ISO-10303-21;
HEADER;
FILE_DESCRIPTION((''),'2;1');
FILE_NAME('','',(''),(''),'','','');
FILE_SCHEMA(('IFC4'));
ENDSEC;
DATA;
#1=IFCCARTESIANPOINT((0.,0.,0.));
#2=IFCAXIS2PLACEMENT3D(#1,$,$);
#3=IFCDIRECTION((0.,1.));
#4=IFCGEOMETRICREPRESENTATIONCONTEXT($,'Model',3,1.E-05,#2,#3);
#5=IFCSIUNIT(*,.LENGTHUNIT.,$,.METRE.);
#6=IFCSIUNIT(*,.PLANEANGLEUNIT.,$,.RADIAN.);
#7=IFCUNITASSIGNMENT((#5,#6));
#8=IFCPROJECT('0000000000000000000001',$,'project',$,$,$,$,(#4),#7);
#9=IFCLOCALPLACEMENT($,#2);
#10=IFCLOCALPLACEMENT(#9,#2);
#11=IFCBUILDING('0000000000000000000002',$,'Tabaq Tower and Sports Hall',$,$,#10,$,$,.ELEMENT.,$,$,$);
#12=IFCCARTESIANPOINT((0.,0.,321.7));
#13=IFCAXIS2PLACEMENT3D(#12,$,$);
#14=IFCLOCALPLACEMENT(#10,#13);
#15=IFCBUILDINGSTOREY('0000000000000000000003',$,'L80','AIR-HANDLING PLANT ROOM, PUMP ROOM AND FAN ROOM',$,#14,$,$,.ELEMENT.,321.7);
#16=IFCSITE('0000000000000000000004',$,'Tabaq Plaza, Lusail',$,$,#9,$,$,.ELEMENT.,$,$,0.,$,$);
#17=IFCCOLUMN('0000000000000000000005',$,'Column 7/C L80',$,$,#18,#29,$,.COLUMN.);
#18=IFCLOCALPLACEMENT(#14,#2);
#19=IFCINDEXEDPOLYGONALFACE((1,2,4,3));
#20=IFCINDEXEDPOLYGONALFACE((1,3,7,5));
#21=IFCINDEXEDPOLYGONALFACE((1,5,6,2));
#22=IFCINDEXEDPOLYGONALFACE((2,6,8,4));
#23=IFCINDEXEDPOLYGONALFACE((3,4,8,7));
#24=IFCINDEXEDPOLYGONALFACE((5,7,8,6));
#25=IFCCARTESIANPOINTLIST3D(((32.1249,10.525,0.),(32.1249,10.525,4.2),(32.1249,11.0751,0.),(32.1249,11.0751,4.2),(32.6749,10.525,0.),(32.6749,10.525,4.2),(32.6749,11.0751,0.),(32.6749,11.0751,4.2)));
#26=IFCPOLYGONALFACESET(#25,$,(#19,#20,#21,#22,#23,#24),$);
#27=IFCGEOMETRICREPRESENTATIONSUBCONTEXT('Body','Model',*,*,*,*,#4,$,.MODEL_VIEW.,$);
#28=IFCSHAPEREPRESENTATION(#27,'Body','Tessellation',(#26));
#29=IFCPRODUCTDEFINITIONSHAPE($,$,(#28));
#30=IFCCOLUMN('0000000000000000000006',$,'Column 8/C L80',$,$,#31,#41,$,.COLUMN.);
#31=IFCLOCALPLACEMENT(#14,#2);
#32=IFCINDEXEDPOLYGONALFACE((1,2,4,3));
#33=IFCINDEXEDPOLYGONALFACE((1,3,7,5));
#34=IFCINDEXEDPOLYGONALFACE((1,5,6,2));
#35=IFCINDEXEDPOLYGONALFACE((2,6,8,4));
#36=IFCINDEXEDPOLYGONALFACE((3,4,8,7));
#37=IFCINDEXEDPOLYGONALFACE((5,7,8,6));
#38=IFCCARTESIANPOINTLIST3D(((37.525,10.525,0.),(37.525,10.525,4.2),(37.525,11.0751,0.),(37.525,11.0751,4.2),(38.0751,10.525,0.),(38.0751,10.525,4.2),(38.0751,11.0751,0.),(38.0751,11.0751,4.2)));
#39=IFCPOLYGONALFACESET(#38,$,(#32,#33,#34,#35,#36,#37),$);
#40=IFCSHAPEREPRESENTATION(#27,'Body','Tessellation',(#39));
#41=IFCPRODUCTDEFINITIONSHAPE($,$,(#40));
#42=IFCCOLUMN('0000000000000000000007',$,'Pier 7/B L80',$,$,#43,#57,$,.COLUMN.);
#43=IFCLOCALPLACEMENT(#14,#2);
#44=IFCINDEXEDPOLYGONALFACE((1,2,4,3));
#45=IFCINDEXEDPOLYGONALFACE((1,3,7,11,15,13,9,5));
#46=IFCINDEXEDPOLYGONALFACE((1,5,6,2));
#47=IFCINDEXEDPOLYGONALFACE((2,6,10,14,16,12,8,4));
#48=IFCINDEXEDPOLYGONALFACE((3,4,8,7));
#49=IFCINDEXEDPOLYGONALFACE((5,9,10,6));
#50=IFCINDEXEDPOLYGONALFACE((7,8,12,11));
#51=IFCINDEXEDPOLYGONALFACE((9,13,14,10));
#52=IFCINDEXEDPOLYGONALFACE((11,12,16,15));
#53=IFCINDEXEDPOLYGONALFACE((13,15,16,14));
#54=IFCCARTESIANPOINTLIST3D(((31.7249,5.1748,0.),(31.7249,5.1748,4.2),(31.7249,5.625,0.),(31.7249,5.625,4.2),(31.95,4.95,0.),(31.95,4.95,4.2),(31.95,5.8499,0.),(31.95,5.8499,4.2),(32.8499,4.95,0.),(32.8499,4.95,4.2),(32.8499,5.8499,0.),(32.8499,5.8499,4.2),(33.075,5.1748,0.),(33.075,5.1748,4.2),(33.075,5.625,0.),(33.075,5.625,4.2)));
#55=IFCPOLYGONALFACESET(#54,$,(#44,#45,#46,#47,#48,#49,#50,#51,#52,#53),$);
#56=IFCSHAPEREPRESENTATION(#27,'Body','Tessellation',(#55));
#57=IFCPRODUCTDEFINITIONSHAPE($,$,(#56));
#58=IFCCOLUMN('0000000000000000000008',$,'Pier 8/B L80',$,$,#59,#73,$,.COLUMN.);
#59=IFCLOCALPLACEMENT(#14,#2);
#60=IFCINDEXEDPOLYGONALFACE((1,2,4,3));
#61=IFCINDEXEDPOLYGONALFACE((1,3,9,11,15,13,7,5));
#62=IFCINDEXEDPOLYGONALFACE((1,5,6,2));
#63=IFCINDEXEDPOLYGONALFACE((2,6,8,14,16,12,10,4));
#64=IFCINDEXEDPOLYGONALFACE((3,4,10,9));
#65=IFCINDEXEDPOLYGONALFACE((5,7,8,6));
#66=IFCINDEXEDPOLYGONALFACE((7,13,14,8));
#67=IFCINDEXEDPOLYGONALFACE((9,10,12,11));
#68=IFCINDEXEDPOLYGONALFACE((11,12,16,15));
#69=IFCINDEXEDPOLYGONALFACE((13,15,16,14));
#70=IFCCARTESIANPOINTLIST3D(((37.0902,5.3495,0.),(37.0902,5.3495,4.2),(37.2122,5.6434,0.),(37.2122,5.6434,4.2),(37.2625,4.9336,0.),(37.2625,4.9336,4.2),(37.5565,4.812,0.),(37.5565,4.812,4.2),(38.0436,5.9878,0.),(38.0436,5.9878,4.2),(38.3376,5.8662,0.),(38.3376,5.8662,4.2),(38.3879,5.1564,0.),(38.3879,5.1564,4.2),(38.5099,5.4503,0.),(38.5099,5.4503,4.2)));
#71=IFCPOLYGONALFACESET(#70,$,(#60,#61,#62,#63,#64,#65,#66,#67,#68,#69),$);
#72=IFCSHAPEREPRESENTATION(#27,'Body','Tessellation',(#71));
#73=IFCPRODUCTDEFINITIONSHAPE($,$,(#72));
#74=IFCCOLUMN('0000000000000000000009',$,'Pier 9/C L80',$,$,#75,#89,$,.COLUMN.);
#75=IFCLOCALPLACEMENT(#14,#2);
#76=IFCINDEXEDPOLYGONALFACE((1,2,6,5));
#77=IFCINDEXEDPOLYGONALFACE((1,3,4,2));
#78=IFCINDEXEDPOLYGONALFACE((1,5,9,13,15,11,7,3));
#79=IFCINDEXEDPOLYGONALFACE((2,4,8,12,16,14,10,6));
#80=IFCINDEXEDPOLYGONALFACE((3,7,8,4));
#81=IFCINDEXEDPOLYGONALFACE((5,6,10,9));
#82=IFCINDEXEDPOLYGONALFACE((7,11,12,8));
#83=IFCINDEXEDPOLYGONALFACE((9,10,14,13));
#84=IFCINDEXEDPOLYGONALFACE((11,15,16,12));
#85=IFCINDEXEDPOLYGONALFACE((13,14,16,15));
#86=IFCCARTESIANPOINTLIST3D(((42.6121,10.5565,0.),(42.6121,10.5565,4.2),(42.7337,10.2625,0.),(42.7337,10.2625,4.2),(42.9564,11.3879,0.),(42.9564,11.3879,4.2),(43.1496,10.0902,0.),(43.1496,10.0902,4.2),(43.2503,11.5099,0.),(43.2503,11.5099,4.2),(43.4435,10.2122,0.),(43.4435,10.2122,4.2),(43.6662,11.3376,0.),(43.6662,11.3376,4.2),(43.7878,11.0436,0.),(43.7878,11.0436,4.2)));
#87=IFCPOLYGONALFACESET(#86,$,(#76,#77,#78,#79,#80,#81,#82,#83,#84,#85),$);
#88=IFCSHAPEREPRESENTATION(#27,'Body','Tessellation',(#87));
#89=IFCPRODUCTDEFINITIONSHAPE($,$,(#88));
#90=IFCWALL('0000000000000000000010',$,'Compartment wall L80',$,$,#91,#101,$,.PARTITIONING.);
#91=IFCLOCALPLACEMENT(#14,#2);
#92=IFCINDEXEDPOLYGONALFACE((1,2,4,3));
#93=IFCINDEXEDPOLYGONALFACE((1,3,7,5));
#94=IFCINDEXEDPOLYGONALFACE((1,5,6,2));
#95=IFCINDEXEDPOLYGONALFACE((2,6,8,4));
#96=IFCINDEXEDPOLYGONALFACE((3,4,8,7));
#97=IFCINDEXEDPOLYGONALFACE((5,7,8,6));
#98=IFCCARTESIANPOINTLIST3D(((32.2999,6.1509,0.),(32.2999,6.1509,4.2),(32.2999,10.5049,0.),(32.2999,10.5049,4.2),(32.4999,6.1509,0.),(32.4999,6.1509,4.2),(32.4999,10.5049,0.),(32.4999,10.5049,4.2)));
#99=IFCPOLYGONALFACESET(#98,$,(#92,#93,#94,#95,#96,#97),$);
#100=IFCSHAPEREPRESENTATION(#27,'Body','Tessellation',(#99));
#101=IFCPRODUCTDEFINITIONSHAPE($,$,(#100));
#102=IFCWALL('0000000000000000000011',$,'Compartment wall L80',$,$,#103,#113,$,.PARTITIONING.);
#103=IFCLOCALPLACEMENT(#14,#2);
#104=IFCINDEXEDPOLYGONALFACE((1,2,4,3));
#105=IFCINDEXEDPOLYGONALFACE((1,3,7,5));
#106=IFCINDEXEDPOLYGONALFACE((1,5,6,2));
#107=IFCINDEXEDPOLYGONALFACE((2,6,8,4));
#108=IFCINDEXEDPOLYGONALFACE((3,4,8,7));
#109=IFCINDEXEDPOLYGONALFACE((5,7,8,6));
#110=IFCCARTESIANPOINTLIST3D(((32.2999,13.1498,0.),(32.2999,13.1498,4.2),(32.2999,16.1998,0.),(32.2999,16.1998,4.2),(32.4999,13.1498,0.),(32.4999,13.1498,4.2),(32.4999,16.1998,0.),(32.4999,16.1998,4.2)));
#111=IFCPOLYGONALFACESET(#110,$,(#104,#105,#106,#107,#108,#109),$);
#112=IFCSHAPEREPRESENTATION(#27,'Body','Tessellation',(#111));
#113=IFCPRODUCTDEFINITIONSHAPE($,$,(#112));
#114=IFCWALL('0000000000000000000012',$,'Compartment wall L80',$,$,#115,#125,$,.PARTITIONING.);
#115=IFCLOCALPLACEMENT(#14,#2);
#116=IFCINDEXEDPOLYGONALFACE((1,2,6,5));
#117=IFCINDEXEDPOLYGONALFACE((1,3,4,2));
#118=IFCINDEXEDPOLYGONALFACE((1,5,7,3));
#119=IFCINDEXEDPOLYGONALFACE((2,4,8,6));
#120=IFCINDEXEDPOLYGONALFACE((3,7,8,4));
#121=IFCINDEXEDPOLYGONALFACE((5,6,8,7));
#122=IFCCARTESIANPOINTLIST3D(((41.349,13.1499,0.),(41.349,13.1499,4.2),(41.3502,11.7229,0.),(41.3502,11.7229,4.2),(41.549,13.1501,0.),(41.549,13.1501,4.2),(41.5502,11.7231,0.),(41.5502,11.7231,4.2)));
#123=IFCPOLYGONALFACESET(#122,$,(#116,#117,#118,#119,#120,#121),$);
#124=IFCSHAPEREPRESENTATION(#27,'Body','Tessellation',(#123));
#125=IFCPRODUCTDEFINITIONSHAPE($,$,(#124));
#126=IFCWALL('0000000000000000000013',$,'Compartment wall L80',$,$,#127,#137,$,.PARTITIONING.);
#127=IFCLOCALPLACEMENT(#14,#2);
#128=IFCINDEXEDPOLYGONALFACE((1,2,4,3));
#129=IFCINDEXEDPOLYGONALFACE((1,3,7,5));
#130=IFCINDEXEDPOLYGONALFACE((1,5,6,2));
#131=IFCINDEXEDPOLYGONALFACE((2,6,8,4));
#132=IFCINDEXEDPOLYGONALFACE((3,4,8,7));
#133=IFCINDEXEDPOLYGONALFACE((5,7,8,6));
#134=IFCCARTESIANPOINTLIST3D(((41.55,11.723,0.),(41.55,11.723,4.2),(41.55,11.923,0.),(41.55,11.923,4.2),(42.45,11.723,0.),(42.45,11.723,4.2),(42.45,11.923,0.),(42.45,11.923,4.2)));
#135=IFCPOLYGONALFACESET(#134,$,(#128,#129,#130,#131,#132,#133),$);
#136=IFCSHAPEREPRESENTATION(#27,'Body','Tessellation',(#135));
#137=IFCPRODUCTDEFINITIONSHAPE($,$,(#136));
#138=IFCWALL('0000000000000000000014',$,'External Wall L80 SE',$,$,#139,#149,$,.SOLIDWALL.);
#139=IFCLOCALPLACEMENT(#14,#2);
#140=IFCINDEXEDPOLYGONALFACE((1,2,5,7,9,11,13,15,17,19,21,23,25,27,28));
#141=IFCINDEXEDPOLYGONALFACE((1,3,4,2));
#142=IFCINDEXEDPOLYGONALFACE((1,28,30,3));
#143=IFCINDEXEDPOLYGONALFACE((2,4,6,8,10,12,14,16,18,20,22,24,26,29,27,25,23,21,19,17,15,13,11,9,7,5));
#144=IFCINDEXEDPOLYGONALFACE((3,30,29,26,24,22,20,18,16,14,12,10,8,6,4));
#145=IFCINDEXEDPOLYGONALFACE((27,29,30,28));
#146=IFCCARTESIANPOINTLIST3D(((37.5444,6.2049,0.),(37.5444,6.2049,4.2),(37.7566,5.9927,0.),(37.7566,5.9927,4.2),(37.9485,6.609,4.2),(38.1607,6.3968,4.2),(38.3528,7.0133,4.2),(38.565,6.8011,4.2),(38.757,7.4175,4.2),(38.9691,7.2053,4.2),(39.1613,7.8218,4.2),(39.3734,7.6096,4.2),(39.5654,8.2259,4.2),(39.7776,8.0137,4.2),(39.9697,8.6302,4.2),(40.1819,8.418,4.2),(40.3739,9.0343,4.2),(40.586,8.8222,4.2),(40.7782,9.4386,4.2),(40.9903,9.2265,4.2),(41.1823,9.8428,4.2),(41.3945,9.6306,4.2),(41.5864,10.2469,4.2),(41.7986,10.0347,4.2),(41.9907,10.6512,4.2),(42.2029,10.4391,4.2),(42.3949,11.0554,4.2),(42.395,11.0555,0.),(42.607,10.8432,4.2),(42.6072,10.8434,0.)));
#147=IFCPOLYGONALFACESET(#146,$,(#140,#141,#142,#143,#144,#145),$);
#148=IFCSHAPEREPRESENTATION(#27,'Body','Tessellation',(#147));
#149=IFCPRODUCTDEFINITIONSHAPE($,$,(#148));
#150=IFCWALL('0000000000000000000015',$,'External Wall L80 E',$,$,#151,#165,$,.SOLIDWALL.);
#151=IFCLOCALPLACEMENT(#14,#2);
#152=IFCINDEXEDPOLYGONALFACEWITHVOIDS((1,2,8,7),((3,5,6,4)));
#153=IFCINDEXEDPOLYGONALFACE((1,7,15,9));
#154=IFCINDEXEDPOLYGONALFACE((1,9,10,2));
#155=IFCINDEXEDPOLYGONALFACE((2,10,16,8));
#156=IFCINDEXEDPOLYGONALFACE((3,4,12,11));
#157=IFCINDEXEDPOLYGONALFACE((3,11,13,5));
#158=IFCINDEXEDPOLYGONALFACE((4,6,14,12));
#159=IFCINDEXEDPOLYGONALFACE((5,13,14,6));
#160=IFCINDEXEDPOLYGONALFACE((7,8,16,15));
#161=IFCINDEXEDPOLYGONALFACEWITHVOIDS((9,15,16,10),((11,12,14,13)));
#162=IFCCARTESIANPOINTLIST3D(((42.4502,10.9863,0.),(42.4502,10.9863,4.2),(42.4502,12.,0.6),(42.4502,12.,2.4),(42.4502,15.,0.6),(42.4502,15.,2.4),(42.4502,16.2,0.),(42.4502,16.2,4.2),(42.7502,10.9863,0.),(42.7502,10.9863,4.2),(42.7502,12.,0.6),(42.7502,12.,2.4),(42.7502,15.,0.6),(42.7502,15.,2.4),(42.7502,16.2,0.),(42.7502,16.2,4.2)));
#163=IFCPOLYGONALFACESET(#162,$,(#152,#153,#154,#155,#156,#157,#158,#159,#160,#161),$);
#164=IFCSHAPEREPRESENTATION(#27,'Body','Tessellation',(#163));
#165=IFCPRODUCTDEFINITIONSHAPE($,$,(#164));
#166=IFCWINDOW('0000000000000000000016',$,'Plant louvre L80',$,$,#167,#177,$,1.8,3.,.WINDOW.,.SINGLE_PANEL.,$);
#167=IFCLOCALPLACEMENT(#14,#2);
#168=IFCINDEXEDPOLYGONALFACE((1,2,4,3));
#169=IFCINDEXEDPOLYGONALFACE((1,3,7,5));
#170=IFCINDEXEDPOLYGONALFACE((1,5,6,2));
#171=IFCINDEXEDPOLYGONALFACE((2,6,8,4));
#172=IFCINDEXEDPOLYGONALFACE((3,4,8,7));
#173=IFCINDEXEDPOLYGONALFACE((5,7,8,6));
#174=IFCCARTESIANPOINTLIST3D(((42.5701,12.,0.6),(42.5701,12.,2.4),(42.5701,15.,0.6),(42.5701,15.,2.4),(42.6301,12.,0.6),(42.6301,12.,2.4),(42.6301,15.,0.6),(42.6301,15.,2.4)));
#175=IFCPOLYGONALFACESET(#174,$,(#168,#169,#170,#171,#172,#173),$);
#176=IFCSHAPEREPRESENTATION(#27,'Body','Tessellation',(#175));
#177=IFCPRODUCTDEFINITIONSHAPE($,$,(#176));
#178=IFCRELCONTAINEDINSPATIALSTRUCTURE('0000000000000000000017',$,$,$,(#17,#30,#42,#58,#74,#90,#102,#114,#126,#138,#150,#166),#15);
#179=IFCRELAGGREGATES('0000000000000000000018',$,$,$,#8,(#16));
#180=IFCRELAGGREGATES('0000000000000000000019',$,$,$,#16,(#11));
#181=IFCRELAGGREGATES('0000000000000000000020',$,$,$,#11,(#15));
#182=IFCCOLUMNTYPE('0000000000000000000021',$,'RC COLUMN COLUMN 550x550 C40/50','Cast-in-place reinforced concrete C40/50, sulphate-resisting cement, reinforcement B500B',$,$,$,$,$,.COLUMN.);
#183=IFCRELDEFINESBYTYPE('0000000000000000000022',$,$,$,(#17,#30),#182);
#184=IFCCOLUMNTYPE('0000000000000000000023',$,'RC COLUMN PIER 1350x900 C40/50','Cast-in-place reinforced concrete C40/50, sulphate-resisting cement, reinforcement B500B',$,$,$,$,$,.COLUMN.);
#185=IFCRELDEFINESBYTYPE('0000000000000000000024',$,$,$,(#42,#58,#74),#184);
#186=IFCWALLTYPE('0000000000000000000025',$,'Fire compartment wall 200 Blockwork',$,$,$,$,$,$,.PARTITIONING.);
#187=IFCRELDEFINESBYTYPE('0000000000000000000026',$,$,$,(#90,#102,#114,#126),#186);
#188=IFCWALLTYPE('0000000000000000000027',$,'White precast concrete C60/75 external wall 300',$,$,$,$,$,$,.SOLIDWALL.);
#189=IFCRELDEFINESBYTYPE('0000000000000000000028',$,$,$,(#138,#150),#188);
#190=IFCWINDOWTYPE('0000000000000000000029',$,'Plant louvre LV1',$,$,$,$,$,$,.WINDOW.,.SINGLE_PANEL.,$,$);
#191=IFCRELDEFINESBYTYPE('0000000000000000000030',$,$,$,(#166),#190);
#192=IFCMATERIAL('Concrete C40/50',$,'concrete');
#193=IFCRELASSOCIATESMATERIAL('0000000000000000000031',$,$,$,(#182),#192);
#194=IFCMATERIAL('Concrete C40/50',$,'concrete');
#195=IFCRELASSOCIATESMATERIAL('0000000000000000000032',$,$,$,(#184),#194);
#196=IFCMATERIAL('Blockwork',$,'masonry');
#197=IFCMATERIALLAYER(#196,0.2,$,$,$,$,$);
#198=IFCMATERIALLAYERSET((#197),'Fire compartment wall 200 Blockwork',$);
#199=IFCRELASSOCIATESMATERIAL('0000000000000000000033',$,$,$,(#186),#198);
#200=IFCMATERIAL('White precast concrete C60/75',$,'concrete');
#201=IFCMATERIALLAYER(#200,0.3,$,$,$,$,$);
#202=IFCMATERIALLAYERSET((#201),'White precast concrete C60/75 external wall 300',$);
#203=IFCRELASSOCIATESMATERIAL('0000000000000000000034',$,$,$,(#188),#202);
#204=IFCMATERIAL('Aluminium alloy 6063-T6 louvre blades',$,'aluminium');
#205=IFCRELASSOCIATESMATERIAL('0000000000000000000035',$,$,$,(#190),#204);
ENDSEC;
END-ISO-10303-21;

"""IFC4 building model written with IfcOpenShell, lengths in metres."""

from ifc_helpers import new_model, si_unit, direction, frame, frame_2d, origin, origin_2d, place, context, subcontext, project, spatial, polyline, rectangle, outline, extrude, material, layer, layer_set, material_profile, profile_set, type_object, element, fill, save


model = new_model("IFC4")

# Units and contexts
model_context = context("Model", 3, precision=1e-05, world=origin(), true_north=direction((0.0, 1.0)))
body_context = subcontext(model_context, "Body", "Model", "MODEL_VIEW")
ifc_project = project(units=[si_unit("LENGTHUNIT", "METRE"), si_unit("PLANEANGLEUNIT", "RADIAN")], contexts=[model_context])

# Site, building, storey
site_placement = place(None, origin())
site = spatial("IfcSite", under=ifc_project, at=site_placement, Name="Tabaq Plaza, Lusail", CompositionType="ELEMENT", RefElevation=0.0)
building_placement = place(site_placement, origin())
building = spatial("IfcBuilding", under=site, at=building_placement, Name="Tabaq Tower and Sports Hall", CompositionType="ELEMENT")
storey_placement = place(building_placement, frame((0.0, 0.0, 321.7)))
storey = spatial("IfcBuildingStorey", under=building, at=storey_placement, Name="L80", Description="AIR-HANDLING PLANT ROOM, PUMP ROOM AND FAN ROOM", CompositionType="ELEMENT", Elevation=321.7)

# Columns
ifc_material_1 = material(Name="Concrete C40/50", Category="concrete")
ifc_material_profile_1 = material_profile(ifc_material_1, rectangle(XDim=0.55, YDim=0.55, at=origin_2d()), Name="COLUMN 550x550")
ifc_profile_set_1 = profile_set([ifc_material_profile_1], Name="Concrete C40/50")
column_type_1 = type_object("IfcColumnType", Name="RC COLUMN COLUMN 550x550 C40/50", Description="Cast-in-place reinforced concrete C40/50, sulphate-resisting cement, reinforcement B500B", PredefinedType="COLUMN", material=ifc_profile_set_1)
for number, where, z_axis, x_axis, name in (
    (1, (32.3999, 10.8, 0.0), (0.0, 0.0, 1.0), (1.0, 0.0, 0.0), "Column 7/C L80"),
    (2, (37.8, 10.8, 0.0), (0.0, 0.0, 1.0), (1.0, 0.0, 0.0), "Column 8/C L80"),
):
    element("IfcColumn", number, at=place(storey_placement, frame(where, z_axis=z_axis, x_axis=x_axis)), inside=storey, type_object=column_type_1, Name=name, PredefinedType="COLUMN", context=body_context, shape_type="SweptSolid", body=[
        extrude(rectangle(XDim=0.55, YDim=0.55, at=origin_2d()), origin(), (0.0, 0.0, 1.0), 4.2),
    ])
ifc_material_2 = material(Name="Concrete C40/50", Category="concrete")
ifc_material_profile_2 = material_profile(ifc_material_2, outline(polyline([(-0.45, -0.45), (0.45, -0.45), (0.675, -0.2251), (0.675, 0.2251), (0.45, 0.45), (-0.45, 0.45), (-0.675, 0.2251), (-0.675, -0.2251), (-0.45, -0.45)])), Name="PIER 1350x900")
ifc_profile_set_2 = profile_set([ifc_material_profile_2], Name="Concrete C40/50")
column_type_2 = type_object("IfcColumnType", Name="RC COLUMN PIER 1350x900 C40/50", Description="Cast-in-place reinforced concrete C40/50, sulphate-resisting cement, reinforcement B500B", PredefinedType="COLUMN", material=ifc_profile_set_2)
for number, where, z_axis, x_axis, name in (
    (3, (32.3999, 5.3999, 0.0), (0.0, 0.0, 1.0), (1.0, 0.0, 0.0), "Pier 7/B L80"),
    (4, (37.8, 5.3999, 0.0), (0.0, 0.0, 1.0), (0.92388, 0.382683, 0.0), "Pier 8/B L80"),
    (5, (43.2, 10.8, 0.0), (0.0, 0.0, 1.0), (0.382683, 0.92388, 0.0), "Pier 9/C L80"),
):
    element("IfcColumn", number, at=place(storey_placement, frame(where, z_axis=z_axis, x_axis=x_axis)), inside=storey, type_object=column_type_2, Name=name, PredefinedType="COLUMN", context=body_context, shape_type="SweptSolid", body=[
        extrude(outline(polyline([(-0.45, -0.45), (0.45, -0.45), (0.675, -0.2251), (0.675, 0.2251), (0.45, 0.45), (-0.45, 0.45), (-0.675, 0.2251), (-0.675, -0.2251), (-0.45, -0.45)])), origin(), (0.0, 0.0, 1.0), 4.2),
    ])

# Walls
ifc_material_3 = material(Name="Blockwork", Category="masonry")
ifc_layer_1 = layer(ifc_material_3, 0.2)
ifc_layer_set_1 = layer_set([ifc_layer_1], Name="Fire compartment wall 200 Blockwork")
wall_type_1 = type_object("IfcWallType", Name="Fire compartment wall 200 Blockwork", PredefinedType="PARTITIONING", material=ifc_layer_set_1)
wall_1_placement = place(storey_placement, frame((32.3999, 10.5049, 0.0), z_axis=(0.0, 0.0, 1.0), x_axis=(0.0, -1.0, 0.0)))
element("IfcWall", 6, at=wall_1_placement, inside=storey, type_object=wall_type_1, Name="Compartment wall L80", PredefinedType="PARTITIONING", context=body_context, shape_type="SweptSolid", body=[
    extrude(rectangle(XDim=4.354, YDim=0.2, at=frame_2d((2.177, 0.0))), origin(), (0.0, 0.0, 1.0), 4.2),
])
wall_2_placement = place(storey_placement, frame((32.3999, 13.1499, 0.0), z_axis=(0.0, 0.0, 1.0), x_axis=(0.0, 1.0, 0.0)))
element("IfcWall", 7, at=wall_2_placement, inside=storey, type_object=wall_type_1, Name="Compartment wall L80", PredefinedType="PARTITIONING", context=body_context, shape_type="SweptSolid", body=[
    extrude(rectangle(XDim=3.05, YDim=0.2, at=frame_2d((1.5249, 0.0))), origin(), (0.0, 0.0, 1.0), 4.2),
])
wall_3_placement = place(storey_placement, frame((41.449, 13.1499, 0.0), z_axis=(0.0, 0.0, 1.0), x_axis=(0.000855, -1.0, 0.0)))
element("IfcWall", 8, at=wall_3_placement, inside=storey, type_object=wall_type_1, Name="Compartment wall L80", PredefinedType="PARTITIONING", context=body_context, shape_type="SweptSolid", body=[
    extrude(rectangle(XDim=1.427, YDim=0.2, at=frame_2d((0.7134, 0.0))), origin(), (0.0, 0.0, 1.0), 4.2),
])
wall_4_placement = place(storey_placement, frame((41.55, 11.823, 0.0), z_axis=(0.0, 0.0, 1.0), x_axis=(1.0, 0.0, 0.0)))
element("IfcWall", 9, at=wall_4_placement, inside=storey, type_object=wall_type_1, Name="Compartment wall L80", PredefinedType="PARTITIONING", context=body_context, shape_type="SweptSolid", body=[
    extrude(rectangle(XDim=0.8999, YDim=0.2, at=frame_2d((0.45, 0.0))), origin(), (0.0, 0.0, 1.0), 4.2),
])
ifc_material_4 = material(Name="White precast concrete C60/75", Category="concrete")
ifc_layer_2 = layer(ifc_material_4, 0.3)
ifc_layer_set_2 = layer_set([ifc_layer_2], Name="White precast concrete C60/75 external wall 300")
wall_type_2 = type_object("IfcWallType", Name="White precast concrete C60/75 external wall 300", PredefinedType="SOLIDWALL", material=ifc_layer_set_2)
wall_5_placement = place(storey_placement, frame((37.6504, 6.0989, 0.0), z_axis=(0.0, 0.0, 1.0), x_axis=(0.707107, 0.707107, 0.0)))
element("IfcWall", 10, at=wall_5_placement, inside=storey, type_object=wall_type_2, Name="External Wall L80 SE", PredefinedType="SOLIDWALL", context=body_context, shape_type="SweptSolid", body=[
    extrude(outline(polyline([(0.0, 0.0), (6.8599, 0.0), (6.8596, 4.2), (6.2881, 4.2), (5.7163, 4.2), (5.1448, 4.2), (4.5732, 4.2), (4.0015, 4.2), (3.4299, 4.2), (2.8582, 4.2), (2.2866, 4.2), (1.7148, 4.2), (1.1433, 4.2), (0.5715, 4.2), (0.0, 4.2), (0.0, 0.0)])), frame((0.0, 0.1499, 0.0), z_axis=(0.0, -1.0, 0.0), x_axis=(1.0, 0.0, 0.0)), (0.0, 0.0, 1.0), 0.3),
])

# Wall, opening, window
wall_6_placement = place(storey_placement, frame((42.6001, 10.9863, 0.0), z_axis=(0.0, 0.0, 1.0), x_axis=(0.0, 1.0, 0.0)))
wall_6 = element("IfcWall", 11, at=wall_6_placement, inside=storey, type_object=wall_type_2, Name="External Wall L80 E", PredefinedType="SOLIDWALL", context=body_context, shape_type="SweptSolid", body=[
    extrude(outline(polyline([(0.0, 0.0), (5.2136, 0.0), (5.2136, 4.2), (4.6343, 4.2), (4.0549, 4.2), (3.4758, 4.2), (2.8965, 4.2), (2.3171, 4.2), (1.7378, 4.2), (1.1587, 4.2), (0.5793, 4.2), (0.0, 4.2), (0.0, 0.0)])), frame((0.0, 0.1499, 0.0), z_axis=(0.0, -1.0, 0.0), x_axis=(1.0, 0.0, 0.0)), (0.0, 0.0, 1.0), 0.3),
])
opening_1_placement = place(wall_6_placement, frame((1.0137, 0.0, 0.6001)))
opening_1 = element("IfcOpeningElement", 12, at=opening_1_placement, cuts=wall_6, PredefinedType="OPENING", context=body_context, shape_type="SweptSolid", body=[
    extrude(rectangle(XDim=3.0, YDim=1.8, at=frame_2d((1.5, 0.8999))), frame((0.0, 0.1602, 0.0), z_axis=(0.0, -1.0, 0.0), x_axis=(1.0, 0.0, 0.0)), (0.0, 0.0, 1.0), 0.3201),
])
ifc_material_5 = material(Name="Aluminium alloy 6063-T6 louvre blades", Category="aluminium")
window_type = type_object("IfcWindowType", Name="Plant louvre LV1", PartitioningType="SINGLE_PANEL", PredefinedType="WINDOW", material=ifc_material_5)
window_placement = place(opening_1_placement, origin())
window = element("IfcWindow", 13, at=window_placement, inside=storey, type_object=window_type, Name="Plant louvre L80", OverallHeight=1.8, OverallWidth=3.0, PartitioningType="SINGLE_PANEL", PredefinedType="WINDOW", context=body_context, shape_type="SweptSolid", body=[
    extrude(rectangle(XDim=3.0, YDim=1.8, at=frame_2d((1.5, 0.8999))), frame((0.0, 0.03, 0.0), z_axis=(0.0, -1.0, 0.0), x_axis=(1.0, 0.0, 0.0)), (0.0, 0.0, 1.0), 0.0601),
])
fill(opening_1, window)

save(model, "model.ifc")
